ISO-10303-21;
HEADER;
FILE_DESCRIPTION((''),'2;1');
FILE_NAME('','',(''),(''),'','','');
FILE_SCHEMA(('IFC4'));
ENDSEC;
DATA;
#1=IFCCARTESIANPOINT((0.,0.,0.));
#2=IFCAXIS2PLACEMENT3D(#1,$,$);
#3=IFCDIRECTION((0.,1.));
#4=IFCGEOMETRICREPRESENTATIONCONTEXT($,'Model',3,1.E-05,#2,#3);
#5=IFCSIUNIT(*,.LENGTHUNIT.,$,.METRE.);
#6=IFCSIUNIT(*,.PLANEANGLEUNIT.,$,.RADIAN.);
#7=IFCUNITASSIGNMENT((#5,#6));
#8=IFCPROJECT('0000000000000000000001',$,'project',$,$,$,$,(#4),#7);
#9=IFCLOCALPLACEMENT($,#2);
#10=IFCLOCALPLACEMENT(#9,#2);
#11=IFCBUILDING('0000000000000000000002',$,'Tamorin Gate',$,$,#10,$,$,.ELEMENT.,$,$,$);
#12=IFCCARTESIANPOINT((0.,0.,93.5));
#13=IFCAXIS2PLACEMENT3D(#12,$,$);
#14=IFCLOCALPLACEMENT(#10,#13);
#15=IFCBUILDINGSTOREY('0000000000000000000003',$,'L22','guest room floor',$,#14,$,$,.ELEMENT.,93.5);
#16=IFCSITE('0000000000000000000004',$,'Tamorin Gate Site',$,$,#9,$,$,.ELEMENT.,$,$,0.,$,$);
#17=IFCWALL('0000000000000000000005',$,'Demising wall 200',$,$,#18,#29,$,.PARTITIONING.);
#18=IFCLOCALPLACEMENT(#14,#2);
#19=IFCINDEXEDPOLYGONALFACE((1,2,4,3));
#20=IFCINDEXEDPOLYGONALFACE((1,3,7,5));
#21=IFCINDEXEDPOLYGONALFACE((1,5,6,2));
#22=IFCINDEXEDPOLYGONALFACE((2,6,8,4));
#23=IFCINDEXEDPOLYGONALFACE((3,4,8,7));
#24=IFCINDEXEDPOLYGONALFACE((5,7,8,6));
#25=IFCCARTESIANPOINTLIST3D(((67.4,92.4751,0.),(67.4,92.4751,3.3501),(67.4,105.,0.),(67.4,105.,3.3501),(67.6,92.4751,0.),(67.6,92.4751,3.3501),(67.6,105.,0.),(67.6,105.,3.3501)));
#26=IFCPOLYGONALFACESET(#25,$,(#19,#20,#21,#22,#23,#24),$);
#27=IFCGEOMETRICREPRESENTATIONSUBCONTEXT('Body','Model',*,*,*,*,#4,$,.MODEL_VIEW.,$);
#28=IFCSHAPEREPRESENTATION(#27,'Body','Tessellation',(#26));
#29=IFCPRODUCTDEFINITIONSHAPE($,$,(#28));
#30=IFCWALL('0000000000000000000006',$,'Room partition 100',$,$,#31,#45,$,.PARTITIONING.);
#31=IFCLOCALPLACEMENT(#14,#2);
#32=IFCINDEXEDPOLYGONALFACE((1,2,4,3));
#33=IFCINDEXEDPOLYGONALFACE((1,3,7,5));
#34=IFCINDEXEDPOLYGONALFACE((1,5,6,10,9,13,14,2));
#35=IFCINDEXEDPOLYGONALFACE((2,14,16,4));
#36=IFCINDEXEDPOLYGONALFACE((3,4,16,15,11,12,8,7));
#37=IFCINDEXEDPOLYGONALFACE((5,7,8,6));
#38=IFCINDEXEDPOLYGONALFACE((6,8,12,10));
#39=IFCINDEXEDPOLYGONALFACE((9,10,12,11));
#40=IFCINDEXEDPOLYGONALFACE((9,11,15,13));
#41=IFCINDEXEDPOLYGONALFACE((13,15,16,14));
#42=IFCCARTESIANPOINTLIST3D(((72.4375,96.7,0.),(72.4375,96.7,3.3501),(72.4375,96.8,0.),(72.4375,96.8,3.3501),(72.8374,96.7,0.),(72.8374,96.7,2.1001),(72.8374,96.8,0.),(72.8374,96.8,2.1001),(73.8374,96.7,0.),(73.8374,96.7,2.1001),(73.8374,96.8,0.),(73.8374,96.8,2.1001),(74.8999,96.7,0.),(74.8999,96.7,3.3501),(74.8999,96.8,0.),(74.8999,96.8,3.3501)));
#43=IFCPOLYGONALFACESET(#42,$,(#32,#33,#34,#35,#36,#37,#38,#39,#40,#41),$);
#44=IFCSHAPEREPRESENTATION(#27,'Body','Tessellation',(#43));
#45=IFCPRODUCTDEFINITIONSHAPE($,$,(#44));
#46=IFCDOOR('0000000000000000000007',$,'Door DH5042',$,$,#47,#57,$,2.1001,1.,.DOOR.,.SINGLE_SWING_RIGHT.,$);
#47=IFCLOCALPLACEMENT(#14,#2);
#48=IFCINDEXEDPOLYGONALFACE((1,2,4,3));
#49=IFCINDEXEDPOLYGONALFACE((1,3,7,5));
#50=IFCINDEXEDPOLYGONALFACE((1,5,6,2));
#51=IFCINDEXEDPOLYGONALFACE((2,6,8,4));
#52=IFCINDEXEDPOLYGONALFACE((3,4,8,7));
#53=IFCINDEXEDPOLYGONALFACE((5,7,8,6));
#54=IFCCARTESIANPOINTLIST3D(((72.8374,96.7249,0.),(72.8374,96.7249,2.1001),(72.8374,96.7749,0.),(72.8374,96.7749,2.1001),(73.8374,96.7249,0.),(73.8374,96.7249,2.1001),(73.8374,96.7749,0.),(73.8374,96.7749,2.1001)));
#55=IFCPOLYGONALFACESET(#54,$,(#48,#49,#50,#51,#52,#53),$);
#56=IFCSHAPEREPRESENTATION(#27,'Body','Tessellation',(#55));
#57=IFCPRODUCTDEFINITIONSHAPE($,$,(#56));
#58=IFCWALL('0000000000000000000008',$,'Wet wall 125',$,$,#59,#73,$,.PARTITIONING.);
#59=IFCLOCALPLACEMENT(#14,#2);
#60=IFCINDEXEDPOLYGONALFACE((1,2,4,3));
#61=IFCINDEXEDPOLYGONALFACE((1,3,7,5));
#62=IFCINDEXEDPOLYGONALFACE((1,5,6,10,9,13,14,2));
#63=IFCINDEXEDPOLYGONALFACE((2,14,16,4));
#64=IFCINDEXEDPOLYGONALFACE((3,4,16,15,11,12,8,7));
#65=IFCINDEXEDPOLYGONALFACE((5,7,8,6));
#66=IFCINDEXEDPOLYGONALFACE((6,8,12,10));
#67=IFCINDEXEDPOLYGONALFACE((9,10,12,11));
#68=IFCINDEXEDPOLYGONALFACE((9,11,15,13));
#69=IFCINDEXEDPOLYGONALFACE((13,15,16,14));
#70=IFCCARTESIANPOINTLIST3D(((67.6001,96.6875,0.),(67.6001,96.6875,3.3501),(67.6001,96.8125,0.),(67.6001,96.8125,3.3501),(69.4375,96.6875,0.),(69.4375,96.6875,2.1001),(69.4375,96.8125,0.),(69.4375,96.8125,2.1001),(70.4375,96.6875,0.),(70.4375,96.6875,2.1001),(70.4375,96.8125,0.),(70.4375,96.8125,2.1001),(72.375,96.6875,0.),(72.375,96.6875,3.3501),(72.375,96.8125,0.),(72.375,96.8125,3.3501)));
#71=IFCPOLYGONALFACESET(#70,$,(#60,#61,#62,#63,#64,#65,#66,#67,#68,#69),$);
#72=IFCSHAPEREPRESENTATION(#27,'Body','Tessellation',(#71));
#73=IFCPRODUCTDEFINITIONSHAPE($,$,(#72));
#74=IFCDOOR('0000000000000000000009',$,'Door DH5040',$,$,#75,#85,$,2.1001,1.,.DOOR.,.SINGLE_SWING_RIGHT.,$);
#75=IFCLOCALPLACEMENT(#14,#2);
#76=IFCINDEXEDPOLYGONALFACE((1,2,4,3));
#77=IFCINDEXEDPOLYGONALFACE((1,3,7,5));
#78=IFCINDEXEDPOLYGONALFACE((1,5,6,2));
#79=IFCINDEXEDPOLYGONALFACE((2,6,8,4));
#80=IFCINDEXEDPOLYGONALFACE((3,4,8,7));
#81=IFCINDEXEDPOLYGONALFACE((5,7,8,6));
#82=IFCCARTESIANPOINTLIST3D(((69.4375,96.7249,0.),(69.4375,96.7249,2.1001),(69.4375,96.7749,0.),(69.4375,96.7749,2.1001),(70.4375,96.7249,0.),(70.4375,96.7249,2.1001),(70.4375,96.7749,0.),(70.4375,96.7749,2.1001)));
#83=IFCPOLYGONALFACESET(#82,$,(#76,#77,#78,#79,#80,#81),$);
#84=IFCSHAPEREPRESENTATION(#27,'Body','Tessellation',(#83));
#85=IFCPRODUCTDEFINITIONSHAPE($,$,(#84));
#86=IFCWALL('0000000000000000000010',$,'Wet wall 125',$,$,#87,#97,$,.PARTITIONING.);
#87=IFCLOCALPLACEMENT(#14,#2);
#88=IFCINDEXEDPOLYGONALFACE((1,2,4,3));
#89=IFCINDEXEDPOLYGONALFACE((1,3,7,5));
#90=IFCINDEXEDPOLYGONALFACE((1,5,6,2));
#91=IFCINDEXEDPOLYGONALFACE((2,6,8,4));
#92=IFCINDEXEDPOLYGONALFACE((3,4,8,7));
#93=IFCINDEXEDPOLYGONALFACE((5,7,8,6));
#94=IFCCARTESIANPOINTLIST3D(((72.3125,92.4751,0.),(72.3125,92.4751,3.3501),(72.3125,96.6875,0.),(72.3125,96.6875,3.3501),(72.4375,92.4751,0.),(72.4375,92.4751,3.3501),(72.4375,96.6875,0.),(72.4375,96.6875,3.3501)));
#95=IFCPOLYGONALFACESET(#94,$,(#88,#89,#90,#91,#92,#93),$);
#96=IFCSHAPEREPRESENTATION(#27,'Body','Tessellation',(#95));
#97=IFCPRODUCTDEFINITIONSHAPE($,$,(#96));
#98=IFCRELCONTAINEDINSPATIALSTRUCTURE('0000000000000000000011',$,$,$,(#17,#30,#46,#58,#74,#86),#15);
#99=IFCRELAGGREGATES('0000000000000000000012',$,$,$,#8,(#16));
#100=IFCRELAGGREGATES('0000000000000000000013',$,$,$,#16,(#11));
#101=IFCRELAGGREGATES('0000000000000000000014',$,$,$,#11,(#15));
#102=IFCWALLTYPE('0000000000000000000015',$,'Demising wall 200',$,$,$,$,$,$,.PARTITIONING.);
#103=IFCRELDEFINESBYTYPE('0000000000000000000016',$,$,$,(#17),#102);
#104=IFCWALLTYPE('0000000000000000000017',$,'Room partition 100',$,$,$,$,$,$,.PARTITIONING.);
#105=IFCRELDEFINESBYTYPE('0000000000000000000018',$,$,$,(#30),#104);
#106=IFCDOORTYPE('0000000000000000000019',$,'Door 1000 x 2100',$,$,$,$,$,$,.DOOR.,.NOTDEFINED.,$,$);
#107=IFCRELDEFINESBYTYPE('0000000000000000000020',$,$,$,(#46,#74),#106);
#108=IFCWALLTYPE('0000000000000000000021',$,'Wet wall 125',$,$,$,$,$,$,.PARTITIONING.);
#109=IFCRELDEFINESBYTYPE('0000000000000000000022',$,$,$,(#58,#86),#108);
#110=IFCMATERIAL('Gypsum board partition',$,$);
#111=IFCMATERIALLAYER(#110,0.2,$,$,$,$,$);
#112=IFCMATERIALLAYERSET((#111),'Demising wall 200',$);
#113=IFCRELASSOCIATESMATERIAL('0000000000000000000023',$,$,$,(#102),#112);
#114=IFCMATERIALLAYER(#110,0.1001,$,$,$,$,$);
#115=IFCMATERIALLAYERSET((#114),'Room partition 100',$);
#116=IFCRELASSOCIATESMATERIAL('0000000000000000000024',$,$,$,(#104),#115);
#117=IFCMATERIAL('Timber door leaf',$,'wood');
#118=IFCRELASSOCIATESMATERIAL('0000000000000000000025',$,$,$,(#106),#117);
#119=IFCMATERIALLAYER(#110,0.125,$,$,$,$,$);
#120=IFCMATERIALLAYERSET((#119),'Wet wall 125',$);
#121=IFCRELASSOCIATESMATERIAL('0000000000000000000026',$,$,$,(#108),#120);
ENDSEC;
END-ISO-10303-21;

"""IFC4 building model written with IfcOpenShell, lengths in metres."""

from ifc_helpers import new_model, si_unit, direction, frame, frame_2d, origin, place, context, subcontext, project, spatial, rectangle, extrude, material, layer, layer_set, type_object, element, fill, save


model = new_model("IFC4")

# Units and contexts
model_context = context("Model", 3, precision=1e-05, world=origin(), true_north=direction((0.0, 1.0)))
body_context = subcontext(model_context, "Body", "Model", "MODEL_VIEW")
ifc_project = project(units=[si_unit("LENGTHUNIT", "METRE"), si_unit("PLANEANGLEUNIT", "RADIAN")], contexts=[model_context])

# Site, building, storey
site_placement = place(None, origin())
site = spatial("IfcSite", under=ifc_project, at=site_placement, Name="Tamorin Gate Site", CompositionType="ELEMENT", RefElevation=0.0)
building_placement = place(site_placement, origin())
building = spatial("IfcBuilding", under=site, at=building_placement, Name="Tamorin Gate", CompositionType="ELEMENT")
storey_placement = place(building_placement, frame((0.0, 0.0, 93.5)))
storey = spatial("IfcBuildingStorey", under=building, at=storey_placement, Name="L22", Description="guest room floor", CompositionType="ELEMENT", Elevation=93.5)

# Wall
ifc_material_1 = material(Name="Gypsum board partition")
ifc_layer_1 = layer(ifc_material_1, 0.2)
ifc_layer_set_1 = layer_set([ifc_layer_1], Name="Demising wall 200")
wall_type_1 = type_object("IfcWallType", Name="Demising wall 200", PredefinedType="PARTITIONING", material=ifc_layer_set_1)
wall_1_placement = place(storey_placement, frame((67.5, 92.4751, 0.0), z_axis=(0.0, 0.0, 1.0), x_axis=(0.0, 1.0, 0.0)))
element("IfcWall", 1, at=wall_1_placement, inside=storey, type_object=wall_type_1, Name="Demising wall 200", PredefinedType="PARTITIONING", context=body_context, shape_type="SweptSolid", body=[
    extrude(rectangle(XDim=12.5249, YDim=0.2, at=frame_2d((6.2625, 0.0))), origin(), (0.0, 0.0, 1.0), 3.3501),
])

# Walls, openings, doors
ifc_layer_2 = layer(ifc_material_1, 0.1001)
ifc_layer_set_2 = layer_set([ifc_layer_2], Name="Room partition 100")
wall_type_2 = type_object("IfcWallType", Name="Room partition 100", PredefinedType="PARTITIONING", material=ifc_layer_set_2)
wall_2_placement = place(storey_placement, frame((72.4375, 96.75, 0.0), z_axis=(0.0, 0.0, 1.0), x_axis=(1.0, 0.0, 0.0)))
wall_2 = element("IfcWall", 2, at=wall_2_placement, inside=storey, type_object=wall_type_2, Name="Room partition 100", PredefinedType="PARTITIONING", context=body_context, shape_type="SweptSolid", body=[
    extrude(rectangle(XDim=2.4624, YDim=0.1001, at=frame_2d((1.2312, 0.0))), origin(), (0.0, 0.0, 1.0), 3.3501),
])
opening_1_placement = place(wall_2_placement, frame((0.3999, 0.0, 0.0)))
opening_1 = element("IfcOpeningElement", 3, at=opening_1_placement, cuts=wall_2, PredefinedType="OPENING", context=body_context, shape_type="SweptSolid", body=[
    extrude(rectangle(XDim=1.0, YDim=2.1001, at=frame_2d((0.5, 1.05))), frame((0.0, 0.0601, 0.0), z_axis=(0.0, -1.0, 0.0), x_axis=(1.0, 0.0, 0.0)), (0.0, 0.0, 1.0), 0.1201),
])
ifc_material_2 = material(Name="Timber door leaf", Category="wood")
door_type = type_object("IfcDoorType", Name="Door 1000 x 2100", OperationType="NOTDEFINED", PredefinedType="DOOR", material=ifc_material_2)
door_1_placement = place(opening_1_placement, origin())
door_1 = element("IfcDoor", 4, at=door_1_placement, inside=storey, type_object=door_type, Name="Door DH5042", OperationType="SINGLE_SWING_RIGHT", OverallHeight=2.1001, OverallWidth=1.0, PredefinedType="DOOR", context=body_context, shape_type="SweptSolid", body=[
    extrude(rectangle(XDim=1.0, YDim=2.1001, at=frame_2d((0.5, 1.05))), frame((0.0, 0.0249, 0.0), z_axis=(0.0, -1.0, 0.0), x_axis=(1.0, 0.0, 0.0)), (0.0, 0.0, 1.0), 0.05),
])
fill(opening_1, door_1)
ifc_layer_3 = layer(ifc_material_1, 0.125)
ifc_layer_set_3 = layer_set([ifc_layer_3], Name="Wet wall 125")
wall_type_3 = type_object("IfcWallType", Name="Wet wall 125", PredefinedType="PARTITIONING", material=ifc_layer_set_3)
wall_3_placement = place(storey_placement, frame((67.6001, 96.75, 0.0), z_axis=(0.0, 0.0, 1.0), x_axis=(1.0, 0.0, 0.0)))
wall_3 = element("IfcWall", 5, at=wall_3_placement, inside=storey, type_object=wall_type_3, Name="Wet wall 125", PredefinedType="PARTITIONING", context=body_context, shape_type="SweptSolid", body=[
    extrude(rectangle(XDim=4.7749, YDim=0.125, at=frame_2d((2.3875, 0.0))), origin(), (0.0, 0.0, 1.0), 3.3501),
])
opening_2_placement = place(wall_3_placement, frame((1.8374, 0.0, 0.0)))
opening_2 = element("IfcOpeningElement", 6, at=opening_2_placement, cuts=wall_3, PredefinedType="OPENING", context=body_context, shape_type="SweptSolid", body=[
    extrude(rectangle(XDim=1.0, YDim=2.1001, at=frame_2d((0.5, 1.05))), frame((0.0, 0.0725, 0.0), z_axis=(0.0, -1.0, 0.0), x_axis=(1.0, 0.0, 0.0)), (0.0, 0.0, 1.0), 0.145),
])
door_2_placement = place(opening_2_placement, origin())
door_2 = element("IfcDoor", 7, at=door_2_placement, inside=storey, type_object=door_type, Name="Door DH5040", OperationType="SINGLE_SWING_RIGHT", OverallHeight=2.1001, OverallWidth=1.0, PredefinedType="DOOR", context=body_context, shape_type="SweptSolid", body=[
    extrude(rectangle(XDim=1.0, YDim=2.1001, at=frame_2d((0.5, 1.05))), frame((0.0, 0.0249, 0.0), z_axis=(0.0, -1.0, 0.0), x_axis=(1.0, 0.0, 0.0)), (0.0, 0.0, 1.0), 0.05),
])
fill(opening_2, door_2)

# Wall
wall_4_placement = place(storey_placement, frame((72.375, 92.4751, 0.0), z_axis=(0.0, 0.0, 1.0), x_axis=(0.0, 1.0, 0.0)))
element("IfcWall", 8, at=wall_4_placement, inside=storey, type_object=wall_type_3, Name="Wet wall 125", PredefinedType="PARTITIONING", context=body_context, shape_type="SweptSolid", body=[
    extrude(rectangle(XDim=4.2124, YDim=0.125, at=frame_2d((2.1062, 0.0))), origin(), (0.0, 0.0, 1.0), 3.3501),
])

save(model, "model.ifc")
